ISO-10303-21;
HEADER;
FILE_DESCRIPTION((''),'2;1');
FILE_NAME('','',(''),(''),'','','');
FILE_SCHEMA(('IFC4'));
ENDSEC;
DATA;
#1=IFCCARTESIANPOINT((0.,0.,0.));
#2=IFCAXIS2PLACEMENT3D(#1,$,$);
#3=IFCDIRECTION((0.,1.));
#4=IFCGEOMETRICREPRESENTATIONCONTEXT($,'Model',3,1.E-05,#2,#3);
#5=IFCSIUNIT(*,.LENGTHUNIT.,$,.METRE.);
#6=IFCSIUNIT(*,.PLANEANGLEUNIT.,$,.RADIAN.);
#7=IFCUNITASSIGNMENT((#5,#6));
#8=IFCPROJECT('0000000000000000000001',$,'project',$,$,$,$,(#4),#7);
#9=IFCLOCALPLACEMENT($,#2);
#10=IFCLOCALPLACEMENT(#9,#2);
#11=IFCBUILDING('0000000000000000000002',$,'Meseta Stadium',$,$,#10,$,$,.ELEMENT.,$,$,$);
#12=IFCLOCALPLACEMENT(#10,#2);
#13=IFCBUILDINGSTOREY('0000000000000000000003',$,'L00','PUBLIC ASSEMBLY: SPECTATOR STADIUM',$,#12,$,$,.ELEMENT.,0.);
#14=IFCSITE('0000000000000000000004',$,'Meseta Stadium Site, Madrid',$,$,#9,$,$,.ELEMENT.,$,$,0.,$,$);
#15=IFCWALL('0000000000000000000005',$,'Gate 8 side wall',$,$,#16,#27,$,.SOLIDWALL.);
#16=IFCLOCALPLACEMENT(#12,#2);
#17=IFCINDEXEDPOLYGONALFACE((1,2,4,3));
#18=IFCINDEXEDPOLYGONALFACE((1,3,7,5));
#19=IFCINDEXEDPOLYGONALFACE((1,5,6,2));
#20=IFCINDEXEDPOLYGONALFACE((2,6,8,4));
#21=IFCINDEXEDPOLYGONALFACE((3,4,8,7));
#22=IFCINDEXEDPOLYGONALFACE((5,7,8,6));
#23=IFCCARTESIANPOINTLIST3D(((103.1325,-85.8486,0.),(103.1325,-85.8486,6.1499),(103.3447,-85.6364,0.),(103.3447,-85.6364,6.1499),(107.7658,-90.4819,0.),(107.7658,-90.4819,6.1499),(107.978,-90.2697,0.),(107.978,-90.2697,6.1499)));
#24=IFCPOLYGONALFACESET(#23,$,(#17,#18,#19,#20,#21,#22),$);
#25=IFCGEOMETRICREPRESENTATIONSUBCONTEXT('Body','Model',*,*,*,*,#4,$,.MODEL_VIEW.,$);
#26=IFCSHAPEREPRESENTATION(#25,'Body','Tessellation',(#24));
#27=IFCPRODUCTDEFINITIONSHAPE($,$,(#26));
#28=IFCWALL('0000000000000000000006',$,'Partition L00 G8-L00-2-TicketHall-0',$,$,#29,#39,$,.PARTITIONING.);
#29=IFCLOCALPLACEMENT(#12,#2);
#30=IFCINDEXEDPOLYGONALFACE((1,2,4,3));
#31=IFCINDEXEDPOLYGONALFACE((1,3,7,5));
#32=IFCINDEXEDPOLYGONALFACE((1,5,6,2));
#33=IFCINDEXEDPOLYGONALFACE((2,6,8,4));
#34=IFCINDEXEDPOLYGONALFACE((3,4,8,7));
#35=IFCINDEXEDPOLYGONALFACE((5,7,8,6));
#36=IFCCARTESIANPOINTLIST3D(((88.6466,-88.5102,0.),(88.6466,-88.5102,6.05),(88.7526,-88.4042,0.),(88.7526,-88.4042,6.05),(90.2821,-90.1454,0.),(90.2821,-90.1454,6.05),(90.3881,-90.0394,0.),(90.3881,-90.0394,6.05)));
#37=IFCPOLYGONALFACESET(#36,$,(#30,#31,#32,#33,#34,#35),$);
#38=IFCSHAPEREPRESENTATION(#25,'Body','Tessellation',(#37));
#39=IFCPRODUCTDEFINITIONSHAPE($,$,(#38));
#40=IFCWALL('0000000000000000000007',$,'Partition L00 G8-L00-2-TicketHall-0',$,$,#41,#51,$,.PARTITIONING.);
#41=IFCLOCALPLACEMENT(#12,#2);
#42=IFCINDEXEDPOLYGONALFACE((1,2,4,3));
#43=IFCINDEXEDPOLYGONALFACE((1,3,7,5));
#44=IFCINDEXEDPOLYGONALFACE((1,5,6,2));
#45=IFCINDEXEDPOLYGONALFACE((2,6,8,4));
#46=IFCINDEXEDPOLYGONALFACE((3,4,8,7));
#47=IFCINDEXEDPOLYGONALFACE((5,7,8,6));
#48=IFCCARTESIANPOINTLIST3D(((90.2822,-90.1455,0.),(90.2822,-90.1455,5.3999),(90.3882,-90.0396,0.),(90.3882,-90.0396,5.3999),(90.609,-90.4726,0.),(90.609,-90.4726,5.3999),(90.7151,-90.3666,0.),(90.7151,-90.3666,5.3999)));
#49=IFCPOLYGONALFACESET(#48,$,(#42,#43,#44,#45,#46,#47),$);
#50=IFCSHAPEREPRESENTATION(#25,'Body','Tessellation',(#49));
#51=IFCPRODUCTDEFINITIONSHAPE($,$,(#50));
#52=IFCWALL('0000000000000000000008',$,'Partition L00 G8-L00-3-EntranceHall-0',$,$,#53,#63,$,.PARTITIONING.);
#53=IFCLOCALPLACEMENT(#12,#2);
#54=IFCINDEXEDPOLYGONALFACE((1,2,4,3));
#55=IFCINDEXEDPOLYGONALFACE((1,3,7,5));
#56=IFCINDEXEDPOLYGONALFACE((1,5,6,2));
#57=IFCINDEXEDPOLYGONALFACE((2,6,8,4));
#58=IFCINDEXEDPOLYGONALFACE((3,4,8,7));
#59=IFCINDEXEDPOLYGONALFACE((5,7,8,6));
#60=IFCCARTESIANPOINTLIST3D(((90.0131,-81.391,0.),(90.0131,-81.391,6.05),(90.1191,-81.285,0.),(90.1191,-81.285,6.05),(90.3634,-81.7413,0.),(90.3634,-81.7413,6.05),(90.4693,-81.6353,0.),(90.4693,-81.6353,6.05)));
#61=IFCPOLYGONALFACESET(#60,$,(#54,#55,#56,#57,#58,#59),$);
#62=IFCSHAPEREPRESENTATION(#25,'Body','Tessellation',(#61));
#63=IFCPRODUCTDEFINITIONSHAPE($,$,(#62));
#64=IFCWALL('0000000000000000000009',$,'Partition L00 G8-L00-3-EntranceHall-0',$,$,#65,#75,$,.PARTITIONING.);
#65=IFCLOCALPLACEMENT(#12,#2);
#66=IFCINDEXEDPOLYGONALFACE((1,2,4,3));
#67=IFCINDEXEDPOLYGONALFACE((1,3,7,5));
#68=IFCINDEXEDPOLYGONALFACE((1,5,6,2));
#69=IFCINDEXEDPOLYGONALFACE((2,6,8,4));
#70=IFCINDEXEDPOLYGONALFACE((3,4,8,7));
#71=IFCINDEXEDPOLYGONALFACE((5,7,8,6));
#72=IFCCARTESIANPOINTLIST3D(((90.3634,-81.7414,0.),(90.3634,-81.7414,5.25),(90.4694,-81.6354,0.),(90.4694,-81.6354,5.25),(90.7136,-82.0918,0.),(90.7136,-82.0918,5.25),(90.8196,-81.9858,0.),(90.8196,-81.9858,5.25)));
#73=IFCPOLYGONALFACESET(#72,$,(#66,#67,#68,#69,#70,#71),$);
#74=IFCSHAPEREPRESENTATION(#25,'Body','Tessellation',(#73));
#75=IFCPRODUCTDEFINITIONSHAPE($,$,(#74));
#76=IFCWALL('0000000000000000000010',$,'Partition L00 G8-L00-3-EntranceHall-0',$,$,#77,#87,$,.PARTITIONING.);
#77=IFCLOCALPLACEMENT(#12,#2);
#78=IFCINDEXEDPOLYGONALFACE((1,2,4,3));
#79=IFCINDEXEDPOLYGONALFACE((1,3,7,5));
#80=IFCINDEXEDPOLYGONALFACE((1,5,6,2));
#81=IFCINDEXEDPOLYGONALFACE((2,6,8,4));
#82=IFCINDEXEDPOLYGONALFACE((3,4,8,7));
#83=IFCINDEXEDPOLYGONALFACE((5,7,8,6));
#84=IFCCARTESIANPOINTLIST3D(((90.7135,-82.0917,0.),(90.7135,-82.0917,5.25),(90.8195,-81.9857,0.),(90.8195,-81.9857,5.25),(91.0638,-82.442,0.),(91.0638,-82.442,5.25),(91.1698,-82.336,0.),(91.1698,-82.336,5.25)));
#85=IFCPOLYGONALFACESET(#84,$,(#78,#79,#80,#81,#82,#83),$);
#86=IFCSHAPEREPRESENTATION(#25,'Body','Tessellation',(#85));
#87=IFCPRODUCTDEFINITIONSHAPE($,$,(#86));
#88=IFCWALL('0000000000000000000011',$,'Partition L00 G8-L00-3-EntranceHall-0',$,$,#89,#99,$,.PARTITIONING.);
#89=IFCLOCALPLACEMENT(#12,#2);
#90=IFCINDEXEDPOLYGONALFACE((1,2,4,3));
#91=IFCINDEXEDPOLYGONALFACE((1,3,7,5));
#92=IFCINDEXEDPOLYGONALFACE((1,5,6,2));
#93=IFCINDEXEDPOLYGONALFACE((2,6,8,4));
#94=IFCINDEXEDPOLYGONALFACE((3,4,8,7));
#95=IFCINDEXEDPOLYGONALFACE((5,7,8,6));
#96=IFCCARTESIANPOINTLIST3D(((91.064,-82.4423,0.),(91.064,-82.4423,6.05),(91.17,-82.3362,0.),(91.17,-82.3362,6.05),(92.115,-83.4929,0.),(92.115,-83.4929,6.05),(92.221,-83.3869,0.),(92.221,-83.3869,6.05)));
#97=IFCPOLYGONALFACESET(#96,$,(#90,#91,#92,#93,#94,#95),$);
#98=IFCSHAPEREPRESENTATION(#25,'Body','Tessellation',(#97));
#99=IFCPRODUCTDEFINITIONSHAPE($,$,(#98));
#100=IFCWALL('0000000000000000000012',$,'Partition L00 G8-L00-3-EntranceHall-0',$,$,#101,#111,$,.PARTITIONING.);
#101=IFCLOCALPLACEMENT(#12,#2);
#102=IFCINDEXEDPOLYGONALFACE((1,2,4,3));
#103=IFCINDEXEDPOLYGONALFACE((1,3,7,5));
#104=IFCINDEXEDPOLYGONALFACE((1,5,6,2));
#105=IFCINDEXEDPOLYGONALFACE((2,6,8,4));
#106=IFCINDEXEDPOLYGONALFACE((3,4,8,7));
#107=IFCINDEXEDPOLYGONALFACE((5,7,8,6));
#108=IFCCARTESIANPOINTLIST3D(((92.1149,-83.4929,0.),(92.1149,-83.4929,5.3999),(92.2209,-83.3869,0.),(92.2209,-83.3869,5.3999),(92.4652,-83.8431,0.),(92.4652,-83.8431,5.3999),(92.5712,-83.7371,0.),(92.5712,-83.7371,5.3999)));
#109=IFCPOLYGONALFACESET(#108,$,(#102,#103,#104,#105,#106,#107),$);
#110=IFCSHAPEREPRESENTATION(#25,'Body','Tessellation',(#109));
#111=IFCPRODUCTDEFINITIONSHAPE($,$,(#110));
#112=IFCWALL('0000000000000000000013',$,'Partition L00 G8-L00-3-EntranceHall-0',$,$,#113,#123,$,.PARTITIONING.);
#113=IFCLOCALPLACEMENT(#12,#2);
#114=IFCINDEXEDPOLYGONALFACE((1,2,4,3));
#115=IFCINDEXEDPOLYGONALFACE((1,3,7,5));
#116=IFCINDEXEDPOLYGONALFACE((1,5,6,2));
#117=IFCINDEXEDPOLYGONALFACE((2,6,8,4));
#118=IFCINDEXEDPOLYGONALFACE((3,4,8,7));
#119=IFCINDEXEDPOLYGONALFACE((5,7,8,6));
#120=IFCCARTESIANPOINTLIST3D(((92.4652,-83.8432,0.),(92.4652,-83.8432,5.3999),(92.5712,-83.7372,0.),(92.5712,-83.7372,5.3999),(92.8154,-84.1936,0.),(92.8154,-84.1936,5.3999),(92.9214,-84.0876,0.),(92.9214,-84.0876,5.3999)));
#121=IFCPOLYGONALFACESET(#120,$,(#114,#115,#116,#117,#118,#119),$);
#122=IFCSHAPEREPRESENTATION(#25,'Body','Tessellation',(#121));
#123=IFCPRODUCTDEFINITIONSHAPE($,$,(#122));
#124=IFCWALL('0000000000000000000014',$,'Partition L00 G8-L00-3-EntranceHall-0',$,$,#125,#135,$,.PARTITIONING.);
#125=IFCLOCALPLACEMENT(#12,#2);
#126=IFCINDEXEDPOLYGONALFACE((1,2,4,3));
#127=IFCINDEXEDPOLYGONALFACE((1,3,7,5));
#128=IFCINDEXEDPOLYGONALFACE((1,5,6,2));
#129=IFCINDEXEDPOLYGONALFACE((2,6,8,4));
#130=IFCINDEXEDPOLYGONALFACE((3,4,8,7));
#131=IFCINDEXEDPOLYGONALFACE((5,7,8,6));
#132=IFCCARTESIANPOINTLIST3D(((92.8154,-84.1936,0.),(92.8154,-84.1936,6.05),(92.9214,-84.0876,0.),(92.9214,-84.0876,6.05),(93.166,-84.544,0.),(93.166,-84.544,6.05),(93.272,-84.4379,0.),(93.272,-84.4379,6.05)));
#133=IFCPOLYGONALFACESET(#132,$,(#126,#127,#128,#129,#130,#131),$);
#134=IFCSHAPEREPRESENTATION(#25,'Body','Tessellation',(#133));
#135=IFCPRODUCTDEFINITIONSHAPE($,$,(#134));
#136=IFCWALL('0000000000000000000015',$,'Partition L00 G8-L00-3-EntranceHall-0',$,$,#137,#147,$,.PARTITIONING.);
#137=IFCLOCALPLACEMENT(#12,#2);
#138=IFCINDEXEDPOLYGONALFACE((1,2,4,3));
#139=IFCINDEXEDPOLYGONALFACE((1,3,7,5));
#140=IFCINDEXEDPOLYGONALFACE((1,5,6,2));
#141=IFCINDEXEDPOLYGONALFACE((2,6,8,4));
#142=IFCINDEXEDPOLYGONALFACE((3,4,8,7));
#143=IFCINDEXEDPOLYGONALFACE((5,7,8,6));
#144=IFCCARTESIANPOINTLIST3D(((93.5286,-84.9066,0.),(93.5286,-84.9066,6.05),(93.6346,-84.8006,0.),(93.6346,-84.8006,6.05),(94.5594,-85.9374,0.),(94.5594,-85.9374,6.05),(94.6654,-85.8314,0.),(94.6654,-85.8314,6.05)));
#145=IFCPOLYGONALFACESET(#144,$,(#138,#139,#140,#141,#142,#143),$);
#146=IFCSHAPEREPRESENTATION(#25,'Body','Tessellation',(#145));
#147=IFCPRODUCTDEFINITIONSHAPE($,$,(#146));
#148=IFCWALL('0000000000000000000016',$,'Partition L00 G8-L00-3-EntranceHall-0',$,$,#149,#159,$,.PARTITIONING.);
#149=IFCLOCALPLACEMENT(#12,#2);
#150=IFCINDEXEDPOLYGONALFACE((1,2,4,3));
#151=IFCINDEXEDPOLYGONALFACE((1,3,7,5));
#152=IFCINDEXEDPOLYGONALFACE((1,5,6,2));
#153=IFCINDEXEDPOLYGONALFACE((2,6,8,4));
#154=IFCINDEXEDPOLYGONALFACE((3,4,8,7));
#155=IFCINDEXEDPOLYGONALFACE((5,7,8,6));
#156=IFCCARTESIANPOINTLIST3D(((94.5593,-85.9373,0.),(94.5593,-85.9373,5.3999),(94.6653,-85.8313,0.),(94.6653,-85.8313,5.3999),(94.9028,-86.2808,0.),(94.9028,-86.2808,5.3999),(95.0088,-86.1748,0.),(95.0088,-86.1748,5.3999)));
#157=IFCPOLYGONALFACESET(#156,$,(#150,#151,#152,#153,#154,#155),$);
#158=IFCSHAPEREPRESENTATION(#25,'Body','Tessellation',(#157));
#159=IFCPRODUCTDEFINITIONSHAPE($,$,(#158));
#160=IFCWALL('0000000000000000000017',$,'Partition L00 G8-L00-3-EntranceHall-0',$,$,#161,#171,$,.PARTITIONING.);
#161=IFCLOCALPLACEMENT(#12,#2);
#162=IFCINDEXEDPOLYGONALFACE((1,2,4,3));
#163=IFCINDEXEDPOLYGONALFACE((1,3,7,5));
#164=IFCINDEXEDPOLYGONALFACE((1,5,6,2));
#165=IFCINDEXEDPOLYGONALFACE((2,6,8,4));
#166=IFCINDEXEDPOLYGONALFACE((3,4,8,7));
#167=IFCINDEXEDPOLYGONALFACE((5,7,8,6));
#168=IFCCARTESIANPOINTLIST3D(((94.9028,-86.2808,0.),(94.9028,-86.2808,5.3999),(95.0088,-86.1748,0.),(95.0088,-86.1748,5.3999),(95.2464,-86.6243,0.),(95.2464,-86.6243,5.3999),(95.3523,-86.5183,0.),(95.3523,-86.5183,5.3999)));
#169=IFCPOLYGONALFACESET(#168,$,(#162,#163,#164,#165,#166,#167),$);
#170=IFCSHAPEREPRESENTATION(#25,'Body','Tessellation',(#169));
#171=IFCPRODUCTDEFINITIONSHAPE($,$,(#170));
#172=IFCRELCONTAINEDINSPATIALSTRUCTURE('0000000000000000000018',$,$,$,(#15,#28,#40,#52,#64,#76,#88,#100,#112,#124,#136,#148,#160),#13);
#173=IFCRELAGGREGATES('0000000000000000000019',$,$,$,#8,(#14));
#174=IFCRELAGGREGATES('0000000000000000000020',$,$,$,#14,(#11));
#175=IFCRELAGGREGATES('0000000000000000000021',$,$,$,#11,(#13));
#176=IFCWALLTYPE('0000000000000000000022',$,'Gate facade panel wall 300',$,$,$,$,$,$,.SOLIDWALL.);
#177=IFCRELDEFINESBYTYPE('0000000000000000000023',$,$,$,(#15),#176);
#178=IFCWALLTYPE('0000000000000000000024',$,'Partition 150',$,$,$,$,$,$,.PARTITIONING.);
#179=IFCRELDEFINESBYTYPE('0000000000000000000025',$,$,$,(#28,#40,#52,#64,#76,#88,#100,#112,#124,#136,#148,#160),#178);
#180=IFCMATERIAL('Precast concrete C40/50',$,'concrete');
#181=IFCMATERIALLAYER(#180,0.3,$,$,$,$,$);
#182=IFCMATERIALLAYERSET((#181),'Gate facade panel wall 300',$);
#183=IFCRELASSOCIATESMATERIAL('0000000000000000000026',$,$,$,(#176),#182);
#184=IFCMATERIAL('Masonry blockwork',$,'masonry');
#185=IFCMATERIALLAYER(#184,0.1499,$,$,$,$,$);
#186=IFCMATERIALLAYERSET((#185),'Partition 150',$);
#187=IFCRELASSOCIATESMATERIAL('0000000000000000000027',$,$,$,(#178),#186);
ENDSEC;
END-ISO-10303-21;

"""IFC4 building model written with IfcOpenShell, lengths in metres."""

from ifc_helpers import new_model, si_unit, direction, frame, frame_2d, origin, place, context, subcontext, project, spatial, rectangle, extrude, material, layer, layer_set, type_object, element, save


model = new_model("IFC4")

# Units and contexts
model_context = context("Model", 3, precision=1e-05, world=origin(), true_north=direction((0.0, 1.0)))
body_context = subcontext(model_context, "Body", "Model", "MODEL_VIEW")
ifc_project = project(units=[si_unit("LENGTHUNIT", "METRE"), si_unit("PLANEANGLEUNIT", "RADIAN")], contexts=[model_context])

# Site, building, storey
site_placement = place(None, origin())
site = spatial("IfcSite", under=ifc_project, at=site_placement, Name="Meseta Stadium Site, Madrid", CompositionType="ELEMENT", RefElevation=0.0)
building_placement = place(site_placement, origin())
building = spatial("IfcBuilding", under=site, at=building_placement, Name="Meseta Stadium", CompositionType="ELEMENT")
storey_placement = place(building_placement, origin())
storey = spatial("IfcBuildingStorey", under=building, at=storey_placement, Name="L00", Description="PUBLIC ASSEMBLY: SPECTATOR STADIUM", CompositionType="ELEMENT", Elevation=0.0)

# Walls
ifc_material_1 = material(Name="Precast concrete C40/50", Category="concrete")
ifc_layer_1 = layer(ifc_material_1, 0.3)
ifc_layer_set_1 = layer_set([ifc_layer_1], Name="Gate facade panel wall 300")
wall_type_1 = type_object("IfcWallType", Name="Gate facade panel wall 300", PredefinedType="SOLIDWALL", material=ifc_layer_set_1)
wall_1_placement = place(storey_placement, frame((103.2385, -85.7424, 0.0), z_axis=(0.0, 0.0, 1.0), x_axis=(0.707107, -0.707107, 0.0)))
element("IfcWall", 1, at=wall_1_placement, inside=storey, type_object=wall_type_1, Name="Gate 8 side wall", PredefinedType="SOLIDWALL", context=body_context, shape_type="SweptSolid", body=[
    extrude(rectangle(XDim=6.5525, YDim=0.3, at=frame_2d((3.2764, 0.0))), origin(), (0.0, 0.0, 1.0), 6.1499),
])
ifc_material_2 = material(Name="Masonry blockwork", Category="masonry")
ifc_layer_2 = layer(ifc_material_2, 0.1499)
ifc_layer_set_2 = layer_set([ifc_layer_2], Name="Partition 150")
wall_type_2 = type_object("IfcWallType", Name="Partition 150", PredefinedType="PARTITIONING", material=ifc_layer_set_2)
wall_2_placement = place(storey_placement, frame((88.6997, -88.4573, 0.0), z_axis=(0.0, 0.0, 1.0), x_axis=(0.70716, -0.707054, 0.0)))
element("IfcWall", 2, at=wall_2_placement, inside=storey, type_object=wall_type_2, Name="Partition L00 G8-L00-2-TicketHall-0", PredefinedType="PARTITIONING", context=body_context, shape_type="SweptSolid", body=[
    extrude(rectangle(XDim=2.3127, YDim=0.1499, at=frame_2d((1.1562, 0.0))), origin(), (0.0, 0.0, 1.0), 6.05),
])
wall_3_placement = place(storey_placement, frame((90.3352, -90.0925, 0.0), z_axis=(0.0, 0.0, 1.0), x_axis=(0.706843, -0.707371, 0.0)))
element("IfcWall", 3, at=wall_3_placement, inside=storey, type_object=wall_type_2, Name="Partition L00 G8-L00-2-TicketHall-0", PredefinedType="PARTITIONING", context=body_context, shape_type="SweptSolid", body=[
    extrude(rectangle(XDim=0.4624, YDim=0.1499, at=frame_2d((0.2312, 0.0))), origin(), (0.0, 0.0, 1.0), 5.3999),
])
wall_4_placement = place(storey_placement, frame((90.0662, -81.3381, 0.0), z_axis=(0.0, 0.0, 1.0), x_axis=(0.707107, -0.707107, 0.0)))
element("IfcWall", 4, at=wall_4_placement, inside=storey, type_object=wall_type_2, Name="Partition L00 G8-L00-3-EntranceHall-0", PredefinedType="PARTITIONING", context=body_context, shape_type="SweptSolid", body=[
    extrude(rectangle(XDim=0.4954, YDim=0.1499, at=frame_2d((0.2476, 0.0))), origin(), (0.0, 0.0, 1.0), 6.05),
])
for number, where, z_axis, x_axis, name in (
    (5, (90.4165, -81.6885, 0.0), (0.0, 0.0, 1.0), (0.70686, -0.707353, 0.0), "Partition L00 G8-L00-3-EntranceHall-0"),
    (6, (90.7666, -82.0388, 0.0), (0.0, 0.0, 1.0), (0.707107, -0.707107, 0.0), "Partition L00 G8-L00-3-EntranceHall-0"),
):
    element("IfcWall", number, at=place(storey_placement, frame(where, z_axis=z_axis, x_axis=x_axis)), inside=storey, type_object=wall_type_2, Name=name, PredefinedType="PARTITIONING", context=body_context, shape_type="SweptSolid", body=[
        extrude(rectangle(XDim=0.4954, YDim=0.1499, at=frame_2d((0.2476, 0.0))), origin(), (0.0, 0.0, 1.0), 5.25),
    ])
wall_5_placement = place(storey_placement, frame((91.1169, -82.3892, 0.0), z_axis=(0.0, 0.0, 1.0), x_axis=(0.707189, -0.707025, 0.0)))
element("IfcWall", 7, at=wall_5_placement, inside=storey, type_object=wall_type_2, Name="Partition L00 G8-L00-3-EntranceHall-0", PredefinedType="PARTITIONING", context=body_context, shape_type="SweptSolid", body=[
    extrude(rectangle(XDim=1.4861, YDim=0.1499, at=frame_2d((0.7432, 0.0))), origin(), (0.0, 0.0, 1.0), 6.05),
])
for number, where, z_axis, x_axis, name in (
    (8, (92.168, -83.4399, 0.0), (0.0, 0.0, 1.0), (0.707107, -0.707107, 0.0), "Partition L00 G8-L00-3-EntranceHall-0"),
    (9, (92.5183, -83.7903, 0.0), (0.0, 0.0, 1.0), (0.70686, -0.707353, 0.0), "Partition L00 G8-L00-3-EntranceHall-0"),
):
    element("IfcWall", number, at=place(storey_placement, frame(where, z_axis=z_axis, x_axis=x_axis)), inside=storey, type_object=wall_type_2, Name=name, PredefinedType="PARTITIONING", context=body_context, shape_type="SweptSolid", body=[
        extrude(rectangle(XDim=0.4954, YDim=0.1499, at=frame_2d((0.2476, 0.0))), origin(), (0.0, 0.0, 1.0), 5.3999),
    ])
wall_6_placement = place(storey_placement, frame((92.8684, -84.1406, 0.0), z_axis=(0.0, 0.0, 1.0), x_axis=(0.707353, -0.70686, 0.0)))
element("IfcWall", 10, at=wall_6_placement, inside=storey, type_object=wall_type_2, Name="Partition L00 G8-L00-3-EntranceHall-0", PredefinedType="PARTITIONING", context=body_context, shape_type="SweptSolid", body=[
    extrude(rectangle(XDim=0.4956, YDim=0.1499, at=frame_2d((0.2478, 0.0))), origin(), (0.0, 0.0, 1.0), 6.05),
])
wall_7_placement = place(storey_placement, frame((93.5815, -84.8535, 0.0), z_axis=(0.0, 0.0, 1.0), x_axis=(0.707107, -0.707107, 0.0)))
element("IfcWall", 11, at=wall_7_placement, inside=storey, type_object=wall_type_2, Name="Partition L00 G8-L00-3-EntranceHall-0", PredefinedType="PARTITIONING", context=body_context, shape_type="SweptSolid", body=[
    extrude(rectangle(XDim=1.4578, YDim=0.1499, at=frame_2d((0.729, 0.0))), origin(), (0.0, 0.0, 1.0), 6.05),
])
for number, where, z_axis, x_axis, name in (
    (12, (94.6123, -85.8843, 0.0), (0.0, 0.0, 1.0), (0.707107, -0.707107, 0.0), "Partition L00 G8-L00-3-EntranceHall-0"),
    (13, (94.9558, -86.2278, 0.0), (0.0, 0.0, 1.0), (0.707107, -0.707107, 0.0), "Partition L00 G8-L00-3-EntranceHall-0"),
):
    element("IfcWall", number, at=place(storey_placement, frame(where, z_axis=z_axis, x_axis=x_axis)), inside=storey, type_object=wall_type_2, Name=name, PredefinedType="PARTITIONING", context=body_context, shape_type="SweptSolid", body=[
        extrude(rectangle(XDim=0.4858, YDim=0.1499, at=frame_2d((0.2429, 0.0))), origin(), (0.0, 0.0, 1.0), 5.3999),
    ])

save(model, "model.ifc")
